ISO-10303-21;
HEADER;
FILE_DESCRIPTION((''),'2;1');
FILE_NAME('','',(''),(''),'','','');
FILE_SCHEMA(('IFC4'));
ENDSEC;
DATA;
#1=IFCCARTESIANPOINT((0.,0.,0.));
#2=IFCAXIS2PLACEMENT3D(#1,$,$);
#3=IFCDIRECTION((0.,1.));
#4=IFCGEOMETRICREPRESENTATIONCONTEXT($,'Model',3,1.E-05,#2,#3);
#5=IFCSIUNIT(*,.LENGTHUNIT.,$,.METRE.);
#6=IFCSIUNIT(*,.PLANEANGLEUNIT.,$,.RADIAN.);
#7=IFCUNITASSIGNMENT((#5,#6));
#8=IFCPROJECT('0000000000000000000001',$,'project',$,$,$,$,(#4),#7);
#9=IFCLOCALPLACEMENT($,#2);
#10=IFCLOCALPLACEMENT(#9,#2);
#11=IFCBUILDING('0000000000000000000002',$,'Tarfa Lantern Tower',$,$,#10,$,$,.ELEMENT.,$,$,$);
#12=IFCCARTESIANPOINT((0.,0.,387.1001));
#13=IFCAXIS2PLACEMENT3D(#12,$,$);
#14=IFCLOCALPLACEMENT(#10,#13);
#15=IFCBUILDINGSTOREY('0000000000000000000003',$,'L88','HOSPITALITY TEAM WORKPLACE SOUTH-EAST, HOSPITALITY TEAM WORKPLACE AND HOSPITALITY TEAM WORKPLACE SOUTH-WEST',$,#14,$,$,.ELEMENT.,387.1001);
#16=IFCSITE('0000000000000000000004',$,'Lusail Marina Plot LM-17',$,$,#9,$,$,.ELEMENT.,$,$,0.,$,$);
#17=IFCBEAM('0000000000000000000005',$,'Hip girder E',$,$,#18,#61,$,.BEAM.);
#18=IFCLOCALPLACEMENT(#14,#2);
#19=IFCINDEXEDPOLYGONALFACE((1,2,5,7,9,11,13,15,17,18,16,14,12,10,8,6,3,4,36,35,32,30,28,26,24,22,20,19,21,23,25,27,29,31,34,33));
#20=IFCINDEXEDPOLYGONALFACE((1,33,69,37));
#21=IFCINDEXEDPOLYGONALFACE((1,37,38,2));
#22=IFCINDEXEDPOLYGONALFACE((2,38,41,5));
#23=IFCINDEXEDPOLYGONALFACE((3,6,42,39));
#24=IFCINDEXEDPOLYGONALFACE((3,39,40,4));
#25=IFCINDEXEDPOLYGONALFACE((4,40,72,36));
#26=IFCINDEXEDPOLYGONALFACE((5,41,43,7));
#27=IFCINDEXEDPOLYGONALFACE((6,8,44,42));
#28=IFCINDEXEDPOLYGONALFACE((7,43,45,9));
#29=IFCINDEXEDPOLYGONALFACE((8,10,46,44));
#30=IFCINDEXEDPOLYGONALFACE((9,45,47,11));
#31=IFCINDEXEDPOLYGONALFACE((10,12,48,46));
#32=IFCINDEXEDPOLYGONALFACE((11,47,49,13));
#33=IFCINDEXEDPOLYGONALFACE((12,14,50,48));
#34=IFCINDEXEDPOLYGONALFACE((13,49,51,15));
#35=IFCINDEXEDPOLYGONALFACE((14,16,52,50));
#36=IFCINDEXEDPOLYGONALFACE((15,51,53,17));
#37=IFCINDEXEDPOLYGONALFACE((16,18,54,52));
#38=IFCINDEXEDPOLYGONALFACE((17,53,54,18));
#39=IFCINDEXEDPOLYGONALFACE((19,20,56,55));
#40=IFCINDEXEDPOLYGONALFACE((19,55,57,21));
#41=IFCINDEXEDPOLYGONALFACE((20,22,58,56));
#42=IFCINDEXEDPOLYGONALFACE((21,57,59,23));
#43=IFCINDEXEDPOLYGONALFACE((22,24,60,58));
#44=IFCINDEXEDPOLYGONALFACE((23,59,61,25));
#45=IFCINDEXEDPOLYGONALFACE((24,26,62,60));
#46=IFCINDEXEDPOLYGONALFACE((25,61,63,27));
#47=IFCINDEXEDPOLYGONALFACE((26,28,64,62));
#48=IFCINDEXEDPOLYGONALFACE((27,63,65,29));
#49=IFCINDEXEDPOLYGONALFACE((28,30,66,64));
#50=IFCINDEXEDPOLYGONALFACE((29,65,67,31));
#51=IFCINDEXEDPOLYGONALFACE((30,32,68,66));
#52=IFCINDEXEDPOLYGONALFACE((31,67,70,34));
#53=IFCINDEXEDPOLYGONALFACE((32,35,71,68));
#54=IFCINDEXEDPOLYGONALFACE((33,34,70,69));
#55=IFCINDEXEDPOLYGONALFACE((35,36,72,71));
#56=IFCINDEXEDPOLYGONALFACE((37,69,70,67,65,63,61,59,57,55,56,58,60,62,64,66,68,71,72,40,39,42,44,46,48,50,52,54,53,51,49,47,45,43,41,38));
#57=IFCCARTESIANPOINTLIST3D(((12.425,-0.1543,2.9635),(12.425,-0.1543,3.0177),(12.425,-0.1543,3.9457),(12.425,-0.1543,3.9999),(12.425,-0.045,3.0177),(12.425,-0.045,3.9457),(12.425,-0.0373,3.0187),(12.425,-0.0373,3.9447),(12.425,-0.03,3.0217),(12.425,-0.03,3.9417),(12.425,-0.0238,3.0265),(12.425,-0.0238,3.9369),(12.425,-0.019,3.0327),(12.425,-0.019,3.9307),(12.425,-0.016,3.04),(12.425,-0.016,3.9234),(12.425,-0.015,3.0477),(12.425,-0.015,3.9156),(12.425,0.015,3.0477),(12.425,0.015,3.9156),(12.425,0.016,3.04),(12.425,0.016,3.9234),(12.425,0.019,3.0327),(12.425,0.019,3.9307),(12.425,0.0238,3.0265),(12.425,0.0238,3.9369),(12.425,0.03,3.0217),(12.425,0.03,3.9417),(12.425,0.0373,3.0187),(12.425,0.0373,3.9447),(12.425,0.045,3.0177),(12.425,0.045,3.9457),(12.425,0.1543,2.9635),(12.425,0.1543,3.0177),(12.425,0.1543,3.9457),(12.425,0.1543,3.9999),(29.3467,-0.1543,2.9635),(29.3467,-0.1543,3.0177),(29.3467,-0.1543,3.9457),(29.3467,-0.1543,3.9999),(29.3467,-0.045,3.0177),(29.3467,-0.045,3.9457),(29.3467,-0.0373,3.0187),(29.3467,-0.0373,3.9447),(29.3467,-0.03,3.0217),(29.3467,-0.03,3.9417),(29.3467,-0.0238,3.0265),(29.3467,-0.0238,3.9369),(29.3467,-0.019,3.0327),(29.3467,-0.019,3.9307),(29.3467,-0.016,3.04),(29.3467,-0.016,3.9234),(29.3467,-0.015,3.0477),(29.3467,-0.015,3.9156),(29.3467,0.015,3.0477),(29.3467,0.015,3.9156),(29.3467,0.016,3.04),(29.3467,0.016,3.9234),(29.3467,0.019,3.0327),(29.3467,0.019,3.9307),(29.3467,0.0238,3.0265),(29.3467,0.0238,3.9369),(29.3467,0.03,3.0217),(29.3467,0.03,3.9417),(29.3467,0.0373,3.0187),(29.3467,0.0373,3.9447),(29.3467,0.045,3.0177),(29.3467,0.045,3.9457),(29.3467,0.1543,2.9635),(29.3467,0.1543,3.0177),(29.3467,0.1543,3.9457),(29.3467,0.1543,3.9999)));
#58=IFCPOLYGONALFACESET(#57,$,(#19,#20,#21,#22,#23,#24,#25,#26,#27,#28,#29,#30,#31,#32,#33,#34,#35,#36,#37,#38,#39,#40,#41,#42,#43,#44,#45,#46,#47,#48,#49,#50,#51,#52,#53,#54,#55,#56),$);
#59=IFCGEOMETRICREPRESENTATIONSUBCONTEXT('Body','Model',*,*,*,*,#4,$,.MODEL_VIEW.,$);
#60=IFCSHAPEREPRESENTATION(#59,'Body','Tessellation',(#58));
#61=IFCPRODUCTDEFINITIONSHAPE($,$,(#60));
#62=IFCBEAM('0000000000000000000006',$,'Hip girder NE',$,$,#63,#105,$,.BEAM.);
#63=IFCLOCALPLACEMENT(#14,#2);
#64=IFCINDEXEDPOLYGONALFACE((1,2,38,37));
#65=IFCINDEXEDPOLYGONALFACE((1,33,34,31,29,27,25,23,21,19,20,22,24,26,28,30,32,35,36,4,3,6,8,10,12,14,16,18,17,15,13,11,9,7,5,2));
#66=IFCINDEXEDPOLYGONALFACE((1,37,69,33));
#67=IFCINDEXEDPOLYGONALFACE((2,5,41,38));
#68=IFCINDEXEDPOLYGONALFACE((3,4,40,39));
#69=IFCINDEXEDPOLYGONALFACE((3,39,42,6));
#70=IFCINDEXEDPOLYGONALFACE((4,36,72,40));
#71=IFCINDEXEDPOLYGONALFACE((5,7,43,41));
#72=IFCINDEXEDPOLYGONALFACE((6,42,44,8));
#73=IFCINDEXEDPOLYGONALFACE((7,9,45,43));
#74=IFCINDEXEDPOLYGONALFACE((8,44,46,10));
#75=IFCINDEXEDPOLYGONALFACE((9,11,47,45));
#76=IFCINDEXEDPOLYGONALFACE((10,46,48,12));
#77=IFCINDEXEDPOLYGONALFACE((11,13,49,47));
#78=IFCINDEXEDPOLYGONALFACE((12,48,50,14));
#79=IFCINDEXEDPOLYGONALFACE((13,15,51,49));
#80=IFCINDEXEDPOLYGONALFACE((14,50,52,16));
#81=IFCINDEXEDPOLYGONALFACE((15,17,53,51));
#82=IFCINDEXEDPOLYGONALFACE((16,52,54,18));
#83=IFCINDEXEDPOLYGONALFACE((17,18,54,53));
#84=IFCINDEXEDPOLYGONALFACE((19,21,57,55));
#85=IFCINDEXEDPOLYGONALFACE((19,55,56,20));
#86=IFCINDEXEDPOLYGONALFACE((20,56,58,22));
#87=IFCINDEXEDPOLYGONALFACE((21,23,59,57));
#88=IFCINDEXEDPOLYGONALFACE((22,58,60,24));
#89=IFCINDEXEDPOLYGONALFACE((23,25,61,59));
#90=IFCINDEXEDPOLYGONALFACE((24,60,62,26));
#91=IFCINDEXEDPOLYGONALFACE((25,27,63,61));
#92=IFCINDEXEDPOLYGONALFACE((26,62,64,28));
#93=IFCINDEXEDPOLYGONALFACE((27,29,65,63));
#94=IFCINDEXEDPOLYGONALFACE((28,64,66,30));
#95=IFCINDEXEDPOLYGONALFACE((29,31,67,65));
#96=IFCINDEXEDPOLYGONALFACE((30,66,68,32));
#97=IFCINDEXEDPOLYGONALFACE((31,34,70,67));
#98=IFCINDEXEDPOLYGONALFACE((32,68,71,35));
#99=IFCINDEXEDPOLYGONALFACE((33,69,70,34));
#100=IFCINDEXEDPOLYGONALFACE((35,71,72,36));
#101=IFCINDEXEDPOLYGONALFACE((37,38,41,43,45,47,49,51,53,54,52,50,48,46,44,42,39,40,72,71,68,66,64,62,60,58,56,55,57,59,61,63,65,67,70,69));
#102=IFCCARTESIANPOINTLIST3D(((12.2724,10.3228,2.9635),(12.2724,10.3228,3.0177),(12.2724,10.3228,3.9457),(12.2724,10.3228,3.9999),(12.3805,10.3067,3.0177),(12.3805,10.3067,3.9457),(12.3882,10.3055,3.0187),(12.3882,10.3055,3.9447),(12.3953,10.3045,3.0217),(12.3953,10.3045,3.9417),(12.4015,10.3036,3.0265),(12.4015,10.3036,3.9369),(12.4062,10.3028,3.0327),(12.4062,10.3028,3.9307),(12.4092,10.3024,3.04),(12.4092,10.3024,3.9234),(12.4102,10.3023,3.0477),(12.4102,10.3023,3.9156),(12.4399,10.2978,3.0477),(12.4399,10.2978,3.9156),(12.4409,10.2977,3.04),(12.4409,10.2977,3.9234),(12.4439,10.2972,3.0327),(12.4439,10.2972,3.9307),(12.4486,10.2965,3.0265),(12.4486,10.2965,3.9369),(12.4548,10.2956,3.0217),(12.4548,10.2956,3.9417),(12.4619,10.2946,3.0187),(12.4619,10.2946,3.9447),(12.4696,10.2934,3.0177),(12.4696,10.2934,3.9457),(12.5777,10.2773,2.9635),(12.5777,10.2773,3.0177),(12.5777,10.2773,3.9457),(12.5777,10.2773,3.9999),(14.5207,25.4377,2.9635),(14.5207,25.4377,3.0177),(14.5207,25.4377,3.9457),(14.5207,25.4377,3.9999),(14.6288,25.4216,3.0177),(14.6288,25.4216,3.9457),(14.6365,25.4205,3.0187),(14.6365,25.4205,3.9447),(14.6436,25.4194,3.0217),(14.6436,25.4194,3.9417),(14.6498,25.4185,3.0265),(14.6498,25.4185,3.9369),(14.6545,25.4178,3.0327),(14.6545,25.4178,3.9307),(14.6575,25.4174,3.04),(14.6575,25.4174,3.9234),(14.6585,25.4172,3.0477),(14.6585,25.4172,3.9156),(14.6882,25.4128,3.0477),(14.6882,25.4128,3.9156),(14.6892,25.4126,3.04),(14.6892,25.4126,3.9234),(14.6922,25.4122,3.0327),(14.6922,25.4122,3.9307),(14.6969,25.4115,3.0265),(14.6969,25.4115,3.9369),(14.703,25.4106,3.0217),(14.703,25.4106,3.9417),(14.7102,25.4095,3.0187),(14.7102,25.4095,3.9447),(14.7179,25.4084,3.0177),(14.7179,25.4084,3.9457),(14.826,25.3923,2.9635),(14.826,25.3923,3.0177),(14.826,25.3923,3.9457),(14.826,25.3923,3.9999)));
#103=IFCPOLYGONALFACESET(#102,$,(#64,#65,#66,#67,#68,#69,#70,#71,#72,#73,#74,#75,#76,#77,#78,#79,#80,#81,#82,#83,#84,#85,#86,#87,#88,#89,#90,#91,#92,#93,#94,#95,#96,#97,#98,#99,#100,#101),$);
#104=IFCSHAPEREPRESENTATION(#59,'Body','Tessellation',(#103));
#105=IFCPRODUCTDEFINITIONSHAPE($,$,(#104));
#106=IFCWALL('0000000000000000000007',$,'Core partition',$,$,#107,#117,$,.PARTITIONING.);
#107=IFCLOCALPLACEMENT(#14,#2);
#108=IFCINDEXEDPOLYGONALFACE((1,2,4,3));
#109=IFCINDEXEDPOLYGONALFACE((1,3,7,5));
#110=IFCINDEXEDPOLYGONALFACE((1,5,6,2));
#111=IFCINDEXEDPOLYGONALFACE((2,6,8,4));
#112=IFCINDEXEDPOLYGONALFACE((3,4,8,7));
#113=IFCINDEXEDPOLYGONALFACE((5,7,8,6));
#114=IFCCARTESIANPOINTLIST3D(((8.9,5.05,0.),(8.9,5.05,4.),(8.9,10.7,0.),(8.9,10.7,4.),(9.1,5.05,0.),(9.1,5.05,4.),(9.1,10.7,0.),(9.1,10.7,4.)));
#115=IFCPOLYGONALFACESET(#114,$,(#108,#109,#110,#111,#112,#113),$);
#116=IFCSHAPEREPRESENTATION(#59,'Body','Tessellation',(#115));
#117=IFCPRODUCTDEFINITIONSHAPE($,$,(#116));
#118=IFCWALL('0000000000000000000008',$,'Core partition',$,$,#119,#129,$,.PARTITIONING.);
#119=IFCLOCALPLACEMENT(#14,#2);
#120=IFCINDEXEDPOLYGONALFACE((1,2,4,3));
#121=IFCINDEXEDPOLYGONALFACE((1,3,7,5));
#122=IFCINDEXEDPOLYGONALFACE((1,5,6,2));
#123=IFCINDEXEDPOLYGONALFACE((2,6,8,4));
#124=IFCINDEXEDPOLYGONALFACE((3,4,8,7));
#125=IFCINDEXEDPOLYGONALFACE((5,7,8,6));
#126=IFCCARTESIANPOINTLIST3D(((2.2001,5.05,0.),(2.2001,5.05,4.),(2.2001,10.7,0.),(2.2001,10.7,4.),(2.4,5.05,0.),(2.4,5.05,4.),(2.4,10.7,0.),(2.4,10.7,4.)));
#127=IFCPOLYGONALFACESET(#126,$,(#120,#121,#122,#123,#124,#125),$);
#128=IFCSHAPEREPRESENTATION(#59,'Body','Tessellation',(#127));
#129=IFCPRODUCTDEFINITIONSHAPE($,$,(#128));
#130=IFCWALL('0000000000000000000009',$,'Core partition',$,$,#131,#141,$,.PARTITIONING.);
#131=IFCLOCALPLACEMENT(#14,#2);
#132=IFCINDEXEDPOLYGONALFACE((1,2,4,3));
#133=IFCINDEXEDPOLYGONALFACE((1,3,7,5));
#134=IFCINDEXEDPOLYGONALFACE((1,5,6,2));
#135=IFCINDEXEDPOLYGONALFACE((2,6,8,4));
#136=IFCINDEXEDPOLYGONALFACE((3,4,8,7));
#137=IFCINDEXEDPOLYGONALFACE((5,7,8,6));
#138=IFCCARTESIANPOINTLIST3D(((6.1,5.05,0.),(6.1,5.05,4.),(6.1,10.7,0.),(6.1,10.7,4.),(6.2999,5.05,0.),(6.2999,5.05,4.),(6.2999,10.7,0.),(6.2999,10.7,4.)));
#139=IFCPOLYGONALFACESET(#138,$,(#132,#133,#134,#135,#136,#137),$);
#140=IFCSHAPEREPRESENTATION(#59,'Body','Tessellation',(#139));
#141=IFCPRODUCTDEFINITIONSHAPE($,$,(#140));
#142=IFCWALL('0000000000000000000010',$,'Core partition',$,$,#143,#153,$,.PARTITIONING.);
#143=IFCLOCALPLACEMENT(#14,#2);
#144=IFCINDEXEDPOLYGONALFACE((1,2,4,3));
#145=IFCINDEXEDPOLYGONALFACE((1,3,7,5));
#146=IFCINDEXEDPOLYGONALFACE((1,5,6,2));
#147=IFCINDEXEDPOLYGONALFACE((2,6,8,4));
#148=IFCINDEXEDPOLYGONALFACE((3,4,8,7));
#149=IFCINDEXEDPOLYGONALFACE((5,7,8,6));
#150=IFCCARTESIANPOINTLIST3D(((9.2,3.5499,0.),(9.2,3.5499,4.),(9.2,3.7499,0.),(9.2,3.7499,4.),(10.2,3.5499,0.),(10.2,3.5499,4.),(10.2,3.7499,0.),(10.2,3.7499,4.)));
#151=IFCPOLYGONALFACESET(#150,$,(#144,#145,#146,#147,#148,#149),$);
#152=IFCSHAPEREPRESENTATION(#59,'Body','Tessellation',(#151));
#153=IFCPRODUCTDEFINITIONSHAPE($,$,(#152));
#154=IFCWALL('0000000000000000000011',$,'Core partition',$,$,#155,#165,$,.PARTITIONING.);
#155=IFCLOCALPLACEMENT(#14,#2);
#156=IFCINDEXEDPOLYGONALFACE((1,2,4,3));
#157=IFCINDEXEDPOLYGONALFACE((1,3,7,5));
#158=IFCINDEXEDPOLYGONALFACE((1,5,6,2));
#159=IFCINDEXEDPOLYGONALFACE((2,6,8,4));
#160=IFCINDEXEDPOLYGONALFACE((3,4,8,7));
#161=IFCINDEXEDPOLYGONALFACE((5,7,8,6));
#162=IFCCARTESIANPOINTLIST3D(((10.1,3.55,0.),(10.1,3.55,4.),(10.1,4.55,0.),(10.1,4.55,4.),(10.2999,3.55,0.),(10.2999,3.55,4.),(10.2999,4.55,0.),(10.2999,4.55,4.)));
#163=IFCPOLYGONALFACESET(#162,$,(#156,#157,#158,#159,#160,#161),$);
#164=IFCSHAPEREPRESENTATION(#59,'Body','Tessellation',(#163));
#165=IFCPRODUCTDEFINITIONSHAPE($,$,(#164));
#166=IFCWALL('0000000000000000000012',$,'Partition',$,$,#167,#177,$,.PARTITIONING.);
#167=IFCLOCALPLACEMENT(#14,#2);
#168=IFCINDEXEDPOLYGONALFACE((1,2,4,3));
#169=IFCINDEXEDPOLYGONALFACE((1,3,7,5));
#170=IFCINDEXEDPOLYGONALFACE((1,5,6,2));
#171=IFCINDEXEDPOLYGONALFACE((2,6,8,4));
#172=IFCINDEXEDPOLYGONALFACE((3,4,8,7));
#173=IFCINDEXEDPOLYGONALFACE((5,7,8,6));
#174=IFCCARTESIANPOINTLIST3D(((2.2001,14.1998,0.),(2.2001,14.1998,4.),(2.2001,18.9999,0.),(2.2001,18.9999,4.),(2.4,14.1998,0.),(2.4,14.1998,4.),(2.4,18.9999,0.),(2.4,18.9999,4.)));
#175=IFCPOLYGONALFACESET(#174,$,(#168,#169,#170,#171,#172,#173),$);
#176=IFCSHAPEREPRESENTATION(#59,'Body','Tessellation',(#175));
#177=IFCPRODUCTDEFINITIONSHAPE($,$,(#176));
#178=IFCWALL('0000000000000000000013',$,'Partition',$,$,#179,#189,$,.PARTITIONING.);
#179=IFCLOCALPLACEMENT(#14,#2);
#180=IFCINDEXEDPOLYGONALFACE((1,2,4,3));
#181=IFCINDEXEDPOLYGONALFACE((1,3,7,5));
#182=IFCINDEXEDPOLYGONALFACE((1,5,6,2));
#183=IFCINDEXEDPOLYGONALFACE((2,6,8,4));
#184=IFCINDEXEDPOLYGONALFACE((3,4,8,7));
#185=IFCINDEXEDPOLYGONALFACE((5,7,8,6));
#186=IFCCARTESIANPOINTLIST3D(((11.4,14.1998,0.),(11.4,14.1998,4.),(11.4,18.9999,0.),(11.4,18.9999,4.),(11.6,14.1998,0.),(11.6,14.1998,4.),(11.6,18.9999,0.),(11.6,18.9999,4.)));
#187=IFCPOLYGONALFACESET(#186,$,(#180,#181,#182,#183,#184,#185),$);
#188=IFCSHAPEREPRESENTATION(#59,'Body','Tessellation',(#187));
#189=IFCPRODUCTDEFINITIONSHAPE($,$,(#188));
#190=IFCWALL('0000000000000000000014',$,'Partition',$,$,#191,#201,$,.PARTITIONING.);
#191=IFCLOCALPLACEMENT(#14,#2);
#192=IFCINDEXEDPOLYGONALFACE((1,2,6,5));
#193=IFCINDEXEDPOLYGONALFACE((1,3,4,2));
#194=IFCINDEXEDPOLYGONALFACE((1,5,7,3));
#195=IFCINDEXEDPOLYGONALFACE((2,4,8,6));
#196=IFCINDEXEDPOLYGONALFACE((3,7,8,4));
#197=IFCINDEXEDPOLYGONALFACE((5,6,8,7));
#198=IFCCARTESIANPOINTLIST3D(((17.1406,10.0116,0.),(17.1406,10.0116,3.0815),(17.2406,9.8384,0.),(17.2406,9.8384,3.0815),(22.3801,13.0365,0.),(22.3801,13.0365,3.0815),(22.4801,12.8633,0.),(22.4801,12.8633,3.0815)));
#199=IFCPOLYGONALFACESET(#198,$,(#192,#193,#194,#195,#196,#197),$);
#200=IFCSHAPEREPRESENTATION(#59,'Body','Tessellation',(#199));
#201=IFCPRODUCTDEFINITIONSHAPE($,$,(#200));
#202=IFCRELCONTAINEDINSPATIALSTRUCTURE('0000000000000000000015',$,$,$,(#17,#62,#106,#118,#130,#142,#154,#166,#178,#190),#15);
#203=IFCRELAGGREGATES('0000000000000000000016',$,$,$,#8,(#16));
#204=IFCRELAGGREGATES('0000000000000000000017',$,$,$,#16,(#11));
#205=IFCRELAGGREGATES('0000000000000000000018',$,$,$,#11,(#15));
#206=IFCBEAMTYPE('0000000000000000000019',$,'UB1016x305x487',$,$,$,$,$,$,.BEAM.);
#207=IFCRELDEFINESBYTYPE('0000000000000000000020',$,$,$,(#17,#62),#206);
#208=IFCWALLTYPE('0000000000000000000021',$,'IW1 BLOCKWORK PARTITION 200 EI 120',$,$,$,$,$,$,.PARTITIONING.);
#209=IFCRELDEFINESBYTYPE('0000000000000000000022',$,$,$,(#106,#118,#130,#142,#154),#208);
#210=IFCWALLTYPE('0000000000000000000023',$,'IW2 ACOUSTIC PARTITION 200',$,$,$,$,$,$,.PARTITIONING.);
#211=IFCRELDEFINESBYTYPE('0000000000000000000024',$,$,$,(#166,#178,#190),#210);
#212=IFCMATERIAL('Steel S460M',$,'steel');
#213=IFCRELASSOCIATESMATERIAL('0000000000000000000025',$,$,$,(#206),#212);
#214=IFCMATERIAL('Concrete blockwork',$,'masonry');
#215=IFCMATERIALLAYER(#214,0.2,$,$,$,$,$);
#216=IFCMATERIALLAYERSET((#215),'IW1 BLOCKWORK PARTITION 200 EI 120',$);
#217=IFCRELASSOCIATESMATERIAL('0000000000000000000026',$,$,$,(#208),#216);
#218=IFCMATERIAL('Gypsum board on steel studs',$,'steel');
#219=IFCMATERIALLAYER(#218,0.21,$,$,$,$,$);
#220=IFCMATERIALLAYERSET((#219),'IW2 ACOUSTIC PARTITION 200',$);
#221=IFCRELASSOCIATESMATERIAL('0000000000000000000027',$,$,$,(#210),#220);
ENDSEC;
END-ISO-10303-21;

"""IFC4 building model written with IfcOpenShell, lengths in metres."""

from ifc_helpers import new_model, si_unit, direction, frame, frame_2d, origin, origin_2d, place, context, subcontext, project, spatial, rectangle, i_section, extrude, material, layer, layer_set, material_profile, profile_set, type_object, element, save


model = new_model("IFC4")

# Units and contexts
model_context = context("Model", 3, precision=1e-05, world=origin(), true_north=direction((0.0, 1.0)))
body_context = subcontext(model_context, "Body", "Model", "MODEL_VIEW")
ifc_project = project(units=[si_unit("LENGTHUNIT", "METRE"), si_unit("PLANEANGLEUNIT", "RADIAN")], contexts=[model_context])

# Site, building, storey
site_placement = place(None, origin())
site = spatial("IfcSite", under=ifc_project, at=site_placement, Name="Lusail Marina Plot LM-17", CompositionType="ELEMENT", RefElevation=0.0)
building_placement = place(site_placement, origin())
building = spatial("IfcBuilding", under=site, at=building_placement, Name="Tarfa Lantern Tower", CompositionType="ELEMENT")
storey_placement = place(building_placement, frame((0.0, 0.0, 387.1001)))
storey = spatial("IfcBuildingStorey", under=building, at=storey_placement, Name="L88", Description="HOSPITALITY TEAM WORKPLACE SOUTH-EAST, HOSPITALITY TEAM WORKPLACE AND HOSPITALITY TEAM WORKPLACE SOUTH-WEST", CompositionType="ELEMENT", Elevation=387.1001)

# Beams
ifc_material_1 = material(Name="Steel S460M", Category="steel")
ifc_material_profile = material_profile(ifc_material_1, i_section(OverallWidth=0.3086, OverallDepth=1.0364, WebThickness=0.03, FlangeThickness=0.0542, FilletRadius=0.03, at=origin_2d()), Name="UB1016x305x487")
ifc_profile_set = profile_set([ifc_material_profile], Name="Steel S460M")
beam_type = type_object("IfcBeamType", Name="UB1016x305x487", PredefinedType="BEAM", material=ifc_profile_set)
beam_1_placement = place(storey_placement, frame((12.425, 0.0, 3.4817), z_axis=(1.0, 0.0, 0.0), x_axis=(0.0, 1.0, 0.0)))
element("IfcBeam", 1, at=beam_1_placement, inside=storey, type_object=beam_type, Name="Hip girder E", PredefinedType="BEAM", context=body_context, shape_type="SweptSolid", body=[
    extrude(i_section(OverallWidth=0.3086, OverallDepth=1.0364, WebThickness=0.03, FlangeThickness=0.0542, FilletRadius=0.03, at=origin_2d()), origin(), (0.0, 0.0, 1.0), 16.9216),
])
beam_2_placement = place(storey_placement, frame((12.425, 10.3, 3.4817), z_axis=(0.147127, 0.989118, 0.0), x_axis=(-0.989118, 0.147127, 0.0)))
element("IfcBeam", 2, at=beam_2_placement, inside=storey, type_object=beam_type, Name="Hip girder NE", PredefinedType="BEAM", context=body_context, shape_type="SweptSolid", body=[
    extrude(i_section(OverallWidth=0.3086, OverallDepth=1.0364, WebThickness=0.03, FlangeThickness=0.0542, FilletRadius=0.03, at=origin_2d()), origin(), (0.0, 0.0, 1.0), 15.2812),
])

# Walls
ifc_material_2 = material(Name="Concrete blockwork", Category="masonry")
ifc_layer_1 = layer(ifc_material_2, 0.2)
ifc_layer_set_1 = layer_set([ifc_layer_1], Name="IW1 BLOCKWORK PARTITION 200 EI 120")
wall_type_1 = type_object("IfcWallType", Name="IW1 BLOCKWORK PARTITION 200 EI 120", PredefinedType="PARTITIONING", material=ifc_layer_set_1)
for number, where, z_axis, x_axis, name in (
    (3, (9.0, 5.05, 0.0), (0.0, 0.0, 1.0), (0.0, 1.0, 0.0), "Core partition"),
    (4, (2.3, 5.05, 0.0), (0.0, 0.0, 1.0), (0.0, 1.0, 0.0), "Core partition"),
    (5, (6.2, 5.05, 0.0), (0.0, 0.0, 1.0), (0.0, 1.0, 0.0), "Core partition"),
):
    element("IfcWall", number, at=place(storey_placement, frame(where, z_axis=z_axis, x_axis=x_axis)), inside=storey, type_object=wall_type_1, Name=name, PredefinedType="PARTITIONING", context=body_context, shape_type="SweptSolid", body=[
        extrude(rectangle(XDim=5.6499, YDim=0.2, at=frame_2d((2.825, 0.0))), origin(), (0.0, 0.0, 1.0), 4.0),
    ])
for number, where, z_axis, x_axis, name in (
    (6, (9.2, 3.6499, 0.0), (0.0, 0.0, 1.0), (1.0, 0.0, 0.0), "Core partition"),
    (7, (10.2, 3.55, 0.0), (0.0, 0.0, 1.0), (0.0, 1.0, 0.0), "Core partition"),
):
    element("IfcWall", number, at=place(storey_placement, frame(where, z_axis=z_axis, x_axis=x_axis)), inside=storey, type_object=wall_type_1, Name=name, PredefinedType="PARTITIONING", context=body_context, shape_type="SweptSolid", body=[
        extrude(rectangle(XDim=1.0, YDim=0.2, at=frame_2d((0.5, 0.0))), origin(), (0.0, 0.0, 1.0), 4.0),
    ])
ifc_material_3 = material(Name="Gypsum board on steel studs", Category="steel")
ifc_layer_2 = layer(ifc_material_3, 0.21)
ifc_layer_set_2 = layer_set([ifc_layer_2], Name="IW2 ACOUSTIC PARTITION 200")
wall_type_2 = type_object("IfcWallType", Name="IW2 ACOUSTIC PARTITION 200", PredefinedType="PARTITIONING", material=ifc_layer_set_2)
for number, where, z_axis, x_axis, name in (
    (8, (2.3, 14.2, 0.0), (0.0, 0.0, 1.0), (0.0, 1.0, 0.0), "Partition"),
    (9, (11.5, 14.2, 0.0), (0.0, 0.0, 1.0), (0.0, 1.0, 0.0), "Partition"),
):
    element("IfcWall", number, at=place(storey_placement, frame(where, z_axis=z_axis, x_axis=x_axis)), inside=storey, type_object=wall_type_2, Name=name, PredefinedType="PARTITIONING", context=body_context, shape_type="SweptSolid", body=[
        extrude(rectangle(XDim=4.8, YDim=0.2, at=frame_2d((2.3999, 0.0))), origin(), (0.0, 0.0, 1.0), 4.0),
    ])
for number, where, z_axis, x_axis, name in (
    (10, (17.1907, 9.925, 0.0), (0.0, 0.0, 1.0), (0.866034, 0.499984, 0.0), "Partition"),
):
    element("IfcWall", number, at=place(storey_placement, frame(where, z_axis=z_axis, x_axis=x_axis)), inside=storey, type_object=wall_type_2, Name=name, PredefinedType="PARTITIONING", context=body_context, shape_type="SweptSolid", body=[
        extrude(rectangle(XDim=6.05, YDim=0.2, at=frame_2d((3.0249, 0.0))), origin(), (0.0, 0.0, 1.0), 3.0815),
    ])

save(model, "model.ifc")
